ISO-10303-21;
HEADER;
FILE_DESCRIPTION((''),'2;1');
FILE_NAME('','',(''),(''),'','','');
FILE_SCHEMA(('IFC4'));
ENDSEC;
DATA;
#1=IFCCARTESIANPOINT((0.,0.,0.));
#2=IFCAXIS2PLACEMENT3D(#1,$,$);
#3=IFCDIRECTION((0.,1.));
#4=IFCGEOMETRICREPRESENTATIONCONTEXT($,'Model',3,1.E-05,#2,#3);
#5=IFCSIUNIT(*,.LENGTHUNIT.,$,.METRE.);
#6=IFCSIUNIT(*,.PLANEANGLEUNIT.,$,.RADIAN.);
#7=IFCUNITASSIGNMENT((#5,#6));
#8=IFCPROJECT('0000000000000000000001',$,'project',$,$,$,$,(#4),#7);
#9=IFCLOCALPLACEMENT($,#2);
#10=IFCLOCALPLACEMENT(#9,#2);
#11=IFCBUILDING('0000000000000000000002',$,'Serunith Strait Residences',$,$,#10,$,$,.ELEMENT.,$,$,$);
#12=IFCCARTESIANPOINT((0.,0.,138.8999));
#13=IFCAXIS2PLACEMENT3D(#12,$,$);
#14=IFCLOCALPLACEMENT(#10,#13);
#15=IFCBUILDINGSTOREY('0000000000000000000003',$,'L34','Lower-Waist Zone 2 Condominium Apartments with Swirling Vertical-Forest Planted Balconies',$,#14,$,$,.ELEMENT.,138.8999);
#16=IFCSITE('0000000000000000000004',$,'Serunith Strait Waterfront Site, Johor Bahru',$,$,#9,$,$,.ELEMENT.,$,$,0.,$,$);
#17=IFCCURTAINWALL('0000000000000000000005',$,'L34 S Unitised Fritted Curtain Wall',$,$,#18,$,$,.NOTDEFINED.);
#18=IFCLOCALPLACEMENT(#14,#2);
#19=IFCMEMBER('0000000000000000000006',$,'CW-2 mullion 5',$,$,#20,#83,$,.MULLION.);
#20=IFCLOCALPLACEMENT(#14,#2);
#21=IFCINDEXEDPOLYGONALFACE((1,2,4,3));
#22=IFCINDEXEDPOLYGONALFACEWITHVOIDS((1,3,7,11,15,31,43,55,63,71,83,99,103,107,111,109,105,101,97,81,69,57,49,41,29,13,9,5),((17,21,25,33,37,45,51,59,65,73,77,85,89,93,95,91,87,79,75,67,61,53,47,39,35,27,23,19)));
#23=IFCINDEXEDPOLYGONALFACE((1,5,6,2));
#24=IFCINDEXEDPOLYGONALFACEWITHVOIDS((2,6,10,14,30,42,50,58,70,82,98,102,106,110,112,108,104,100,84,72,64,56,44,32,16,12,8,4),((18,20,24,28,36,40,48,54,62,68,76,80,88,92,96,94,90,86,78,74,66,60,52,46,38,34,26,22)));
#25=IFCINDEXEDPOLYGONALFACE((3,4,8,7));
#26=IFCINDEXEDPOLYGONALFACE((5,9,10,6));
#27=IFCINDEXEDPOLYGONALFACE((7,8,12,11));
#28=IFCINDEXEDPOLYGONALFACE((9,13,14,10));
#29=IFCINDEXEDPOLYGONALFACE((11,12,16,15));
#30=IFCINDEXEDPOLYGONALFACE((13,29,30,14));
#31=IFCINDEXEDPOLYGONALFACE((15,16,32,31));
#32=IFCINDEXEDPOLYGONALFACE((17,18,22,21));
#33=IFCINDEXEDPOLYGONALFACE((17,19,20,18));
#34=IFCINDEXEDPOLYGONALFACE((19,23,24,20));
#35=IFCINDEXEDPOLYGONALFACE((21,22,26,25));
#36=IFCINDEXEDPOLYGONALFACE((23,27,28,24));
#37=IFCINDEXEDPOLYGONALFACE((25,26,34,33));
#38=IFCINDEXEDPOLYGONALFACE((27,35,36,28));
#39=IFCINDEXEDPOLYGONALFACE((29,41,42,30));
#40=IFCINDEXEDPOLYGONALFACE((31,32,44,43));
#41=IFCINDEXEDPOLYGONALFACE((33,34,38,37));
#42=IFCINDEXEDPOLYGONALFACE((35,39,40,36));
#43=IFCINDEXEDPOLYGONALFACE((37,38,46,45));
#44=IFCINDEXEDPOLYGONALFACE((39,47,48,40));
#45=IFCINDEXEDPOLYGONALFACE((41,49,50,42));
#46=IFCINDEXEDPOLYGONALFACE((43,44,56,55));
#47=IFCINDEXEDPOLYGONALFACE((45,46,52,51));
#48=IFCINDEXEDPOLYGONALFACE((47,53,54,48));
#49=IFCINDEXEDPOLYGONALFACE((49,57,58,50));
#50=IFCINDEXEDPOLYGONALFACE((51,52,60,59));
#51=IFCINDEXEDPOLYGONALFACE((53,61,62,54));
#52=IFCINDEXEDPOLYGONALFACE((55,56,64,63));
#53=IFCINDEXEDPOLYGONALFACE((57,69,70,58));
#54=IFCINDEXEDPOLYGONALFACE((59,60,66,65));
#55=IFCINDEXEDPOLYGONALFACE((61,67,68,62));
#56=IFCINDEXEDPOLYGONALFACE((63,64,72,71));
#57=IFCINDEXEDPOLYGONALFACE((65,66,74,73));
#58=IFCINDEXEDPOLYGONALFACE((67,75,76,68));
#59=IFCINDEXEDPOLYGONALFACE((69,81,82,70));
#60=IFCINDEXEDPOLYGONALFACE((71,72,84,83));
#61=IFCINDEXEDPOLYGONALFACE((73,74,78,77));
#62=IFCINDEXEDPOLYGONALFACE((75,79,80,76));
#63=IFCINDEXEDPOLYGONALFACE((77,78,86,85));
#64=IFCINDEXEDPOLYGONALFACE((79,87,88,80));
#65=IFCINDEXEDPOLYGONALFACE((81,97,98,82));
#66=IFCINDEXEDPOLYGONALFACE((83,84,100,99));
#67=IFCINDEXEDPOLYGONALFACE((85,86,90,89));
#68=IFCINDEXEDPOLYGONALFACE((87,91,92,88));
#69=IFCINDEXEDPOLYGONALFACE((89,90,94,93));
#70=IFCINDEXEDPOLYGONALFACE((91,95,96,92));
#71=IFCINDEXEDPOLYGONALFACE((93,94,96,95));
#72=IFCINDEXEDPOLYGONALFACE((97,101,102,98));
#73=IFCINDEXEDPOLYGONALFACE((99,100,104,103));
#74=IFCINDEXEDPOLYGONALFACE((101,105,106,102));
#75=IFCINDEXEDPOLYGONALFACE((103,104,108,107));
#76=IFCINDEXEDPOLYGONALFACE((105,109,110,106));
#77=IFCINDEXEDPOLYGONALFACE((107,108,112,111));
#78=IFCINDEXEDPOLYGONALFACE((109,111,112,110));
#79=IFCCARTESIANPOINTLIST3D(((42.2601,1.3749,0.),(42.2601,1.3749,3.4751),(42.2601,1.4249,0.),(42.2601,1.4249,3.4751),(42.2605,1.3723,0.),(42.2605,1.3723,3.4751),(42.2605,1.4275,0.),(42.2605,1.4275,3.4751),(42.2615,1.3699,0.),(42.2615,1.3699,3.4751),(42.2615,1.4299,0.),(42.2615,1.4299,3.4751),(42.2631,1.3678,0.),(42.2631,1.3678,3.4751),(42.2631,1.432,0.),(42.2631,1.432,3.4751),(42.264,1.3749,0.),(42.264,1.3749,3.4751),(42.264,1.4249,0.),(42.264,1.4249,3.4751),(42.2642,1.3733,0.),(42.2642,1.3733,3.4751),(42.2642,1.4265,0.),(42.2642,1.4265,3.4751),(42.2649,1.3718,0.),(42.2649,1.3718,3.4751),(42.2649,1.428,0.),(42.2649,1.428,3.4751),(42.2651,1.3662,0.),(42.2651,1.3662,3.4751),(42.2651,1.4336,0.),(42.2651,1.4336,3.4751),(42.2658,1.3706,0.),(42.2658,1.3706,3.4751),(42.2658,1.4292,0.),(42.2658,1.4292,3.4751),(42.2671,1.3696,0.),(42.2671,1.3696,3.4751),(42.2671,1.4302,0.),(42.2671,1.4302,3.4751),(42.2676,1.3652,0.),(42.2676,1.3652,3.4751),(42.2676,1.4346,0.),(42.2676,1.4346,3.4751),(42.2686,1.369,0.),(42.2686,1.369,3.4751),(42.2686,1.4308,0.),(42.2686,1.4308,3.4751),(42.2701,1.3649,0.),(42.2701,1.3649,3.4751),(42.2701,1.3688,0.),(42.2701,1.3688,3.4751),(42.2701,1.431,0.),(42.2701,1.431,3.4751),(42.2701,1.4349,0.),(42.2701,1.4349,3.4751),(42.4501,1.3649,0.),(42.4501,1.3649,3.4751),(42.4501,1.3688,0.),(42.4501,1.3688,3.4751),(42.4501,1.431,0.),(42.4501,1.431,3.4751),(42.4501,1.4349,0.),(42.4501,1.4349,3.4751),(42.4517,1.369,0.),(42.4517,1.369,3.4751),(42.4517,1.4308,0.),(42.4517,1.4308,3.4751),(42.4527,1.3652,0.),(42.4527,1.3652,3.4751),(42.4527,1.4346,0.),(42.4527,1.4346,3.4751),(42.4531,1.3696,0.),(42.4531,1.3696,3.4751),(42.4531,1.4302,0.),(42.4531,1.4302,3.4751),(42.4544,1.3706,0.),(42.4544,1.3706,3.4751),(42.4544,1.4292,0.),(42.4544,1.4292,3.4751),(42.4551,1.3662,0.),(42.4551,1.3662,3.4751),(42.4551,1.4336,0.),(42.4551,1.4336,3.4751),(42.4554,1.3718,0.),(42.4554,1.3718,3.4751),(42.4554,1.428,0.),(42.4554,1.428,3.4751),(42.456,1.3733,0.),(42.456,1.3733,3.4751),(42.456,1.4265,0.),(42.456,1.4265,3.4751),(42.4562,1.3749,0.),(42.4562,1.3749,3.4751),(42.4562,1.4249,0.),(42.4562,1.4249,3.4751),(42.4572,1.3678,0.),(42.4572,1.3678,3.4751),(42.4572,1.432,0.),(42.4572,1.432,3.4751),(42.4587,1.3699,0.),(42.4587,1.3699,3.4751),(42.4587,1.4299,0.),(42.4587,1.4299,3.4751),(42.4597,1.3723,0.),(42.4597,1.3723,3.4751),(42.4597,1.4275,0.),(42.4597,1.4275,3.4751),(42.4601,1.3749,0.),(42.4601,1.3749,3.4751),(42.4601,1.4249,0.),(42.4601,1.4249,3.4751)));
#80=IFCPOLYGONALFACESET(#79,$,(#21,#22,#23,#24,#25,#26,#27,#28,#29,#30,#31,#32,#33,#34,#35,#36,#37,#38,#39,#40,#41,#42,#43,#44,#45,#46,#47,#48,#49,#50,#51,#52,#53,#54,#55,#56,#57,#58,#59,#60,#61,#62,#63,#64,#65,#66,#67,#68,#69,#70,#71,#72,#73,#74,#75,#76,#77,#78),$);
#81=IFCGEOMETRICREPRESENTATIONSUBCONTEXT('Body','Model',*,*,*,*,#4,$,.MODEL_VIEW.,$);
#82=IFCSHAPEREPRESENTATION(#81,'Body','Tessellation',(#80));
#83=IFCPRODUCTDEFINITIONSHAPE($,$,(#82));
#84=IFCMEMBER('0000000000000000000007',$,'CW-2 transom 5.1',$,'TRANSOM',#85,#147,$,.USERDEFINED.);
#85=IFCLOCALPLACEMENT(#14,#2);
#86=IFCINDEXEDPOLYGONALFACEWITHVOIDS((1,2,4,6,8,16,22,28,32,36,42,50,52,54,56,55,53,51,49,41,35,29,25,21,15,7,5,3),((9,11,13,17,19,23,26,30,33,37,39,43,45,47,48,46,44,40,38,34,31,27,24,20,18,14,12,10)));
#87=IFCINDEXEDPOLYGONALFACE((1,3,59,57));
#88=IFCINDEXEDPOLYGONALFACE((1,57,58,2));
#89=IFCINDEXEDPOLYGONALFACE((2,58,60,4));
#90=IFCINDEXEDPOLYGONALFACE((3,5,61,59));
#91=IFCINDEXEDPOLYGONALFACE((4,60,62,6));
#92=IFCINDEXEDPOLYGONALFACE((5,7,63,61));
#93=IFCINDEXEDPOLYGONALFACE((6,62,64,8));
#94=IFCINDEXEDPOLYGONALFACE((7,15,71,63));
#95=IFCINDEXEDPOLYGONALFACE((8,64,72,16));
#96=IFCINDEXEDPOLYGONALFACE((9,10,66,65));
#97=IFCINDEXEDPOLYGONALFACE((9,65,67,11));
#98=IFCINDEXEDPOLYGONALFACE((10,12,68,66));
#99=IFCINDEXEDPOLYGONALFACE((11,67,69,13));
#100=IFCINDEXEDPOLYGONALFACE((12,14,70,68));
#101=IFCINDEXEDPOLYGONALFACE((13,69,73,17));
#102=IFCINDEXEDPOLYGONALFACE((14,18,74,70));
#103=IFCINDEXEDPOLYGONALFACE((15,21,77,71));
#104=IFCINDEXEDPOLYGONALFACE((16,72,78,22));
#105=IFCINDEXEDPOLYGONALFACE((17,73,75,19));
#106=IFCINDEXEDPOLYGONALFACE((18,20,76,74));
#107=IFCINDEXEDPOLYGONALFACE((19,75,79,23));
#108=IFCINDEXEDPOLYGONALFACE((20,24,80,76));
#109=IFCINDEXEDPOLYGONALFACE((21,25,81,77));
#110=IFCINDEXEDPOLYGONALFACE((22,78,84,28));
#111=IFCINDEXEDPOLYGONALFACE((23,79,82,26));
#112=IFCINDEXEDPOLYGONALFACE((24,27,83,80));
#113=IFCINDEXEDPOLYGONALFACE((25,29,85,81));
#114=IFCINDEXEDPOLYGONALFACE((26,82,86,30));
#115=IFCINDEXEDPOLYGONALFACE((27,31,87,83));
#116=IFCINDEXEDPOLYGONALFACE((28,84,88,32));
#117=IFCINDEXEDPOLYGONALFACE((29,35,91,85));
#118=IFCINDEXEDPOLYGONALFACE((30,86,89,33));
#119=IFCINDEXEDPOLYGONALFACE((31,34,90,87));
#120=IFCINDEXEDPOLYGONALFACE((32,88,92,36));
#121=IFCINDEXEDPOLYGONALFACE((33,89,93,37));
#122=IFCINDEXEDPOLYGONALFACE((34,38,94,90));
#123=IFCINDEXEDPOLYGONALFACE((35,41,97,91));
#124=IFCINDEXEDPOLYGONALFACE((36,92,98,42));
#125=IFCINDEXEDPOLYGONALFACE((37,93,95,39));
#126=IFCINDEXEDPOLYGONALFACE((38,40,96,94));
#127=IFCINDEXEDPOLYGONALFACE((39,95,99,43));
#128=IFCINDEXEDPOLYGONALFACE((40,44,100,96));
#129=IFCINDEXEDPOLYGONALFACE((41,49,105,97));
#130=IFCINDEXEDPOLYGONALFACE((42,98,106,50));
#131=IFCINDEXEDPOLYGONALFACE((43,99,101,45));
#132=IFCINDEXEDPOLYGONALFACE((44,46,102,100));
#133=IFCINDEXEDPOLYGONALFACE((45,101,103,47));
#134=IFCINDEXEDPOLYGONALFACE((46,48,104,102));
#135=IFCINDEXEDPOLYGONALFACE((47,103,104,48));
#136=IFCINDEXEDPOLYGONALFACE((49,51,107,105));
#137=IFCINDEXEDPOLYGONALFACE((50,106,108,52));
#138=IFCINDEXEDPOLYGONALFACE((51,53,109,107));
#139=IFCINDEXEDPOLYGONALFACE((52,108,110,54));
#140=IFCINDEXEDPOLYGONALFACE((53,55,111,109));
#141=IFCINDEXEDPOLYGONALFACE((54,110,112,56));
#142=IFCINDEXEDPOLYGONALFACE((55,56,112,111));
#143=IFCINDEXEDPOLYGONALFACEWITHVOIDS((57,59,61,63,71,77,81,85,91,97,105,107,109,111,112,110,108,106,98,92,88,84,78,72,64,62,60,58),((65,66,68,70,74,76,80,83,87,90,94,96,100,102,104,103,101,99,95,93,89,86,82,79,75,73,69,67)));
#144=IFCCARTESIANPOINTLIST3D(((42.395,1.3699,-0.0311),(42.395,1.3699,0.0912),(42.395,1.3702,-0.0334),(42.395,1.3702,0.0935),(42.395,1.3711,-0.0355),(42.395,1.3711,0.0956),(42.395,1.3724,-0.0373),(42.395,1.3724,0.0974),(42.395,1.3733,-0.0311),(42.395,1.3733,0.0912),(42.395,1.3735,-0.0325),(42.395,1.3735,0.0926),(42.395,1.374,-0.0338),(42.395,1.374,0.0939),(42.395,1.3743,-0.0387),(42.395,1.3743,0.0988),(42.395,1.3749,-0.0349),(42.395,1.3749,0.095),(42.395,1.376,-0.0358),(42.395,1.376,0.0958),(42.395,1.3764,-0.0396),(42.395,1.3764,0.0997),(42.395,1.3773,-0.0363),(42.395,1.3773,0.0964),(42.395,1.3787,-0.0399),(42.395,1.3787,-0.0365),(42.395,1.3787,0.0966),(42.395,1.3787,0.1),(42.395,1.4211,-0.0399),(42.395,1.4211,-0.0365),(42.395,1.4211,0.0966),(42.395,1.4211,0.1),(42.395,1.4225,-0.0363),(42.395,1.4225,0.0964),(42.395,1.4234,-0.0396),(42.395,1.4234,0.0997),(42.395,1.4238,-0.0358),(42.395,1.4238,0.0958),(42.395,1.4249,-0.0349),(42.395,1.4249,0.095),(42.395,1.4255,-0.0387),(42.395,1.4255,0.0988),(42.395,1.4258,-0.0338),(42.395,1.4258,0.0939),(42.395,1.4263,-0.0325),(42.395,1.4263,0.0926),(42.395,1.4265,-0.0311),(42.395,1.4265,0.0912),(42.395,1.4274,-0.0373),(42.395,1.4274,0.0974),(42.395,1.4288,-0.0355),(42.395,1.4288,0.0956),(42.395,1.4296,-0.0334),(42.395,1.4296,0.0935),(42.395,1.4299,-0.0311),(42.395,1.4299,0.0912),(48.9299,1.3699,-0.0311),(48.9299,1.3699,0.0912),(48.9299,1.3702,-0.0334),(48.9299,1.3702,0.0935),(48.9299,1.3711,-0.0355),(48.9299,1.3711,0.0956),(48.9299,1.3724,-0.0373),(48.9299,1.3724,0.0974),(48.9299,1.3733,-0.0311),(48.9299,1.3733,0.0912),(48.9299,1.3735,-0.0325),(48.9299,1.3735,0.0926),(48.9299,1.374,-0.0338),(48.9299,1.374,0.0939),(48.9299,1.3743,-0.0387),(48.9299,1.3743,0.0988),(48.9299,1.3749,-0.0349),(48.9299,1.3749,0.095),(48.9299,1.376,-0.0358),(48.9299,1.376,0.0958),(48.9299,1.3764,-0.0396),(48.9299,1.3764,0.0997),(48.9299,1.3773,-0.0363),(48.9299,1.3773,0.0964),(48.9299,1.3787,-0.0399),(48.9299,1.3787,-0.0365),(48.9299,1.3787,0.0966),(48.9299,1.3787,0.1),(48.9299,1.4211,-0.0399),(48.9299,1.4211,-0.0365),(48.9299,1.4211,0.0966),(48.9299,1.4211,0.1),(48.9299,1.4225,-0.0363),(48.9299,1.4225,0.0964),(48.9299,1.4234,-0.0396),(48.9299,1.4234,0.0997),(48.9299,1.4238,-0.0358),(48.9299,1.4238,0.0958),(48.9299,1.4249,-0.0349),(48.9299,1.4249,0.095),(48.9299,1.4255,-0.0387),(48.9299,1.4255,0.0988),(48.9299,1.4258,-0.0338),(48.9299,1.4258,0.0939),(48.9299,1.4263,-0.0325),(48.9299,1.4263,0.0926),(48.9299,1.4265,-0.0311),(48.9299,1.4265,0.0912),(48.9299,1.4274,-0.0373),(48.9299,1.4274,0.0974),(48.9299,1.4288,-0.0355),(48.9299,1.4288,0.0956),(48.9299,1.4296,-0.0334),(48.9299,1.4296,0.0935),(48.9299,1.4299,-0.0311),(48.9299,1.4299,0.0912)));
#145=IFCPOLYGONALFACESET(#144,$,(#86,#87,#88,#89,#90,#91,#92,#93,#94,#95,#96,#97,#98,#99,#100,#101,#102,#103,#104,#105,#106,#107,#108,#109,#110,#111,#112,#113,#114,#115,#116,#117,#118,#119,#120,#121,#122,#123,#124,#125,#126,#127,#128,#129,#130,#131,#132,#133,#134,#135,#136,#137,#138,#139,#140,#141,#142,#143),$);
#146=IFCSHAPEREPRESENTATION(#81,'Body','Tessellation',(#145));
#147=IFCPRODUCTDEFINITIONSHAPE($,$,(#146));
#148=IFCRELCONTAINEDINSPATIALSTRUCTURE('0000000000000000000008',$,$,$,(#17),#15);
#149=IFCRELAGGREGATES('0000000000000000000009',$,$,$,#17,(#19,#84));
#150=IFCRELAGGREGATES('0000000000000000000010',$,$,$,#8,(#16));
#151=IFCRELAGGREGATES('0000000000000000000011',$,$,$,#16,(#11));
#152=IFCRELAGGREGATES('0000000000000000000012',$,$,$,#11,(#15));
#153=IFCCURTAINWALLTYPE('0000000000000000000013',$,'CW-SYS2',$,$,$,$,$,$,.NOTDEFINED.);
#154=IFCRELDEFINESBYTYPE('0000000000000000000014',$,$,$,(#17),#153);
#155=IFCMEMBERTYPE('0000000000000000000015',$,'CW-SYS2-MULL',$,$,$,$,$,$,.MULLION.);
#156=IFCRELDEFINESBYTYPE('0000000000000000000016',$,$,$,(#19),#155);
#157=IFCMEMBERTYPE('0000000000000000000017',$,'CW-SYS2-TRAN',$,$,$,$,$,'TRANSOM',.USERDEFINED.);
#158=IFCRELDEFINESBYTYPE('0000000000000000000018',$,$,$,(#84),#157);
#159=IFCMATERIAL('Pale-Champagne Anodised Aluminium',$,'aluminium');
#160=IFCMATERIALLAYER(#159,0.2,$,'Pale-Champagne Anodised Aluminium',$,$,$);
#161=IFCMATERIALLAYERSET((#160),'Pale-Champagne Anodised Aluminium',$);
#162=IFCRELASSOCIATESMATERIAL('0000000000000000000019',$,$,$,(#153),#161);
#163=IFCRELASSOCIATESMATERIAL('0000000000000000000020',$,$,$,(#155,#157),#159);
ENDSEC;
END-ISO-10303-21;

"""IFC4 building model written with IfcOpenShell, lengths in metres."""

from ifc_helpers import new_model, si_unit, direction, frame, origin, origin_2d, place, context, subcontext, project, spatial, hollow_rectangle, extrude, source, transform, mapped, material, layer, layer_set, material_profile, profile_set, type_object, element, aggregate, save


model = new_model("IFC4")

# Units and contexts
model_context = context("Model", 3, precision=1e-05, world=origin(), true_north=direction((0.0, 1.0)))
body_context = subcontext(model_context, "Body", "Model", "MODEL_VIEW")
ifc_project = project(units=[si_unit("LENGTHUNIT", "METRE"), si_unit("PLANEANGLEUNIT", "RADIAN")], contexts=[model_context])

# Site, building, storey
site_placement = place(None, origin())
site = spatial("IfcSite", under=ifc_project, at=site_placement, Name="Serunith Strait Waterfront Site, Johor Bahru", CompositionType="ELEMENT", RefElevation=0.0)
building_placement = place(site_placement, origin())
building = spatial("IfcBuilding", under=site, at=building_placement, Name="Serunith Strait Residences", CompositionType="ELEMENT")
storey_placement = place(building_placement, frame((0.0, 0.0, 138.8999)))
storey = spatial("IfcBuildingStorey", under=building, at=storey_placement, Name="L34", Description="Lower-Waist Zone 2 Condominium Apartments with Swirling Vertical-Forest Planted Balconies", CompositionType="ELEMENT", Elevation=138.8999)

# Curtain wall, members
ifc_material_1 = material(Name="Pale-Champagne Anodised Aluminium", Category="aluminium")
ifc_layer_1 = layer(ifc_material_1, 0.2, Name="Pale-Champagne Anodised Aluminium")
ifc_layer_set_1 = layer_set([ifc_layer_1], Name="Pale-Champagne Anodised Aluminium")
curtain_wall_type = type_object("IfcCurtainWallType", Name="CW-SYS2", PredefinedType="NOTDEFINED", material=ifc_layer_set_1)
curtain_wall_placement = place(storey_placement, origin())
curtain_wall = element("IfcCurtainWall", 1, at=curtain_wall_placement, inside=storey, type_object=curtain_wall_type, Name="L34 S Unitised Fritted Curtain Wall", PredefinedType="NOTDEFINED")
ifc_material_profile_1 = material_profile(ifc_material_1, hollow_rectangle(XDim=0.0701, YDim=0.2, WallThickness=0.0039, InnerFilletRadius=0.0061, OuterFilletRadius=0.01, at=origin_2d()), Name="ALU 200x70x4")
ifc_profile_set_1 = profile_set([ifc_material_profile_1], Name="Pale-Champagne Anodised Aluminium")
member_type_1 = type_object("IfcMemberType", Name="CW-SYS2-MULL", PredefinedType="MULLION", material=ifc_profile_set_1)
shared_shape_1 = source(origin(), body_context, "Body", "SweptSolid", [
    extrude(hollow_rectangle(XDim=0.0701, YDim=0.2, WallThickness=0.0039, InnerFilletRadius=0.0061, OuterFilletRadius=0.01, at=origin_2d()), origin(), (0.0, 0.0, 1.0), 3.4751),
])
member_1_placement = place(storey_placement, frame((42.3601, 1.3999, 0.0), z_axis=(0.0, 0.0, 1.0), x_axis=(0.0, 1.0, 0.0)))
member_1 = element("IfcMember", 2, at=member_1_placement, type_object=member_type_1, Name="CW-2 mullion 5", PredefinedType="MULLION", context=body_context, shape_type="MappedRepresentation", body=[
    mapped(shared_shape_1, transform((0.0, 0.0, 0.0), scale=1.0)),
])
ifc_material_profile_2 = material_profile(ifc_material_1, hollow_rectangle(XDim=0.0601, YDim=0.1399, WallThickness=0.0034, InnerFilletRadius=0.0054, OuterFilletRadius=0.0088, at=origin_2d()), Name="ALU 140x60x3.5")
ifc_profile_set_2 = profile_set([ifc_material_profile_2], Name="Pale-Champagne Anodised Aluminium")
member_type_2 = type_object("IfcMemberType", Name="CW-SYS2-TRAN", ElementType="TRANSOM", PredefinedType="USERDEFINED", material=ifc_profile_set_2)
shared_shape_2 = source(origin(), body_context, "Body", "SweptSolid", [
    extrude(hollow_rectangle(XDim=0.0601, YDim=0.1399, WallThickness=0.0034, InnerFilletRadius=0.0054, OuterFilletRadius=0.0088, at=origin_2d()), origin(), (0.0, 0.0, 1.0), 6.5349),
])
member_2_placement = place(storey_placement, frame((42.395, 1.3999, 0.03), z_axis=(1.0, 0.0, 0.0), x_axis=(0.0, 1.0, 0.0)))
member_2 = element("IfcMember", 3, at=member_2_placement, type_object=member_type_2, Name="CW-2 transom 5.1", ObjectType="TRANSOM", PredefinedType="USERDEFINED", context=body_context, shape_type="MappedRepresentation", body=[
    mapped(shared_shape_2, transform((0.0, 0.0, 0.0), scale=1.0)),
])
aggregate(curtain_wall, [member_1, member_2])

save(model, "model.ifc")
